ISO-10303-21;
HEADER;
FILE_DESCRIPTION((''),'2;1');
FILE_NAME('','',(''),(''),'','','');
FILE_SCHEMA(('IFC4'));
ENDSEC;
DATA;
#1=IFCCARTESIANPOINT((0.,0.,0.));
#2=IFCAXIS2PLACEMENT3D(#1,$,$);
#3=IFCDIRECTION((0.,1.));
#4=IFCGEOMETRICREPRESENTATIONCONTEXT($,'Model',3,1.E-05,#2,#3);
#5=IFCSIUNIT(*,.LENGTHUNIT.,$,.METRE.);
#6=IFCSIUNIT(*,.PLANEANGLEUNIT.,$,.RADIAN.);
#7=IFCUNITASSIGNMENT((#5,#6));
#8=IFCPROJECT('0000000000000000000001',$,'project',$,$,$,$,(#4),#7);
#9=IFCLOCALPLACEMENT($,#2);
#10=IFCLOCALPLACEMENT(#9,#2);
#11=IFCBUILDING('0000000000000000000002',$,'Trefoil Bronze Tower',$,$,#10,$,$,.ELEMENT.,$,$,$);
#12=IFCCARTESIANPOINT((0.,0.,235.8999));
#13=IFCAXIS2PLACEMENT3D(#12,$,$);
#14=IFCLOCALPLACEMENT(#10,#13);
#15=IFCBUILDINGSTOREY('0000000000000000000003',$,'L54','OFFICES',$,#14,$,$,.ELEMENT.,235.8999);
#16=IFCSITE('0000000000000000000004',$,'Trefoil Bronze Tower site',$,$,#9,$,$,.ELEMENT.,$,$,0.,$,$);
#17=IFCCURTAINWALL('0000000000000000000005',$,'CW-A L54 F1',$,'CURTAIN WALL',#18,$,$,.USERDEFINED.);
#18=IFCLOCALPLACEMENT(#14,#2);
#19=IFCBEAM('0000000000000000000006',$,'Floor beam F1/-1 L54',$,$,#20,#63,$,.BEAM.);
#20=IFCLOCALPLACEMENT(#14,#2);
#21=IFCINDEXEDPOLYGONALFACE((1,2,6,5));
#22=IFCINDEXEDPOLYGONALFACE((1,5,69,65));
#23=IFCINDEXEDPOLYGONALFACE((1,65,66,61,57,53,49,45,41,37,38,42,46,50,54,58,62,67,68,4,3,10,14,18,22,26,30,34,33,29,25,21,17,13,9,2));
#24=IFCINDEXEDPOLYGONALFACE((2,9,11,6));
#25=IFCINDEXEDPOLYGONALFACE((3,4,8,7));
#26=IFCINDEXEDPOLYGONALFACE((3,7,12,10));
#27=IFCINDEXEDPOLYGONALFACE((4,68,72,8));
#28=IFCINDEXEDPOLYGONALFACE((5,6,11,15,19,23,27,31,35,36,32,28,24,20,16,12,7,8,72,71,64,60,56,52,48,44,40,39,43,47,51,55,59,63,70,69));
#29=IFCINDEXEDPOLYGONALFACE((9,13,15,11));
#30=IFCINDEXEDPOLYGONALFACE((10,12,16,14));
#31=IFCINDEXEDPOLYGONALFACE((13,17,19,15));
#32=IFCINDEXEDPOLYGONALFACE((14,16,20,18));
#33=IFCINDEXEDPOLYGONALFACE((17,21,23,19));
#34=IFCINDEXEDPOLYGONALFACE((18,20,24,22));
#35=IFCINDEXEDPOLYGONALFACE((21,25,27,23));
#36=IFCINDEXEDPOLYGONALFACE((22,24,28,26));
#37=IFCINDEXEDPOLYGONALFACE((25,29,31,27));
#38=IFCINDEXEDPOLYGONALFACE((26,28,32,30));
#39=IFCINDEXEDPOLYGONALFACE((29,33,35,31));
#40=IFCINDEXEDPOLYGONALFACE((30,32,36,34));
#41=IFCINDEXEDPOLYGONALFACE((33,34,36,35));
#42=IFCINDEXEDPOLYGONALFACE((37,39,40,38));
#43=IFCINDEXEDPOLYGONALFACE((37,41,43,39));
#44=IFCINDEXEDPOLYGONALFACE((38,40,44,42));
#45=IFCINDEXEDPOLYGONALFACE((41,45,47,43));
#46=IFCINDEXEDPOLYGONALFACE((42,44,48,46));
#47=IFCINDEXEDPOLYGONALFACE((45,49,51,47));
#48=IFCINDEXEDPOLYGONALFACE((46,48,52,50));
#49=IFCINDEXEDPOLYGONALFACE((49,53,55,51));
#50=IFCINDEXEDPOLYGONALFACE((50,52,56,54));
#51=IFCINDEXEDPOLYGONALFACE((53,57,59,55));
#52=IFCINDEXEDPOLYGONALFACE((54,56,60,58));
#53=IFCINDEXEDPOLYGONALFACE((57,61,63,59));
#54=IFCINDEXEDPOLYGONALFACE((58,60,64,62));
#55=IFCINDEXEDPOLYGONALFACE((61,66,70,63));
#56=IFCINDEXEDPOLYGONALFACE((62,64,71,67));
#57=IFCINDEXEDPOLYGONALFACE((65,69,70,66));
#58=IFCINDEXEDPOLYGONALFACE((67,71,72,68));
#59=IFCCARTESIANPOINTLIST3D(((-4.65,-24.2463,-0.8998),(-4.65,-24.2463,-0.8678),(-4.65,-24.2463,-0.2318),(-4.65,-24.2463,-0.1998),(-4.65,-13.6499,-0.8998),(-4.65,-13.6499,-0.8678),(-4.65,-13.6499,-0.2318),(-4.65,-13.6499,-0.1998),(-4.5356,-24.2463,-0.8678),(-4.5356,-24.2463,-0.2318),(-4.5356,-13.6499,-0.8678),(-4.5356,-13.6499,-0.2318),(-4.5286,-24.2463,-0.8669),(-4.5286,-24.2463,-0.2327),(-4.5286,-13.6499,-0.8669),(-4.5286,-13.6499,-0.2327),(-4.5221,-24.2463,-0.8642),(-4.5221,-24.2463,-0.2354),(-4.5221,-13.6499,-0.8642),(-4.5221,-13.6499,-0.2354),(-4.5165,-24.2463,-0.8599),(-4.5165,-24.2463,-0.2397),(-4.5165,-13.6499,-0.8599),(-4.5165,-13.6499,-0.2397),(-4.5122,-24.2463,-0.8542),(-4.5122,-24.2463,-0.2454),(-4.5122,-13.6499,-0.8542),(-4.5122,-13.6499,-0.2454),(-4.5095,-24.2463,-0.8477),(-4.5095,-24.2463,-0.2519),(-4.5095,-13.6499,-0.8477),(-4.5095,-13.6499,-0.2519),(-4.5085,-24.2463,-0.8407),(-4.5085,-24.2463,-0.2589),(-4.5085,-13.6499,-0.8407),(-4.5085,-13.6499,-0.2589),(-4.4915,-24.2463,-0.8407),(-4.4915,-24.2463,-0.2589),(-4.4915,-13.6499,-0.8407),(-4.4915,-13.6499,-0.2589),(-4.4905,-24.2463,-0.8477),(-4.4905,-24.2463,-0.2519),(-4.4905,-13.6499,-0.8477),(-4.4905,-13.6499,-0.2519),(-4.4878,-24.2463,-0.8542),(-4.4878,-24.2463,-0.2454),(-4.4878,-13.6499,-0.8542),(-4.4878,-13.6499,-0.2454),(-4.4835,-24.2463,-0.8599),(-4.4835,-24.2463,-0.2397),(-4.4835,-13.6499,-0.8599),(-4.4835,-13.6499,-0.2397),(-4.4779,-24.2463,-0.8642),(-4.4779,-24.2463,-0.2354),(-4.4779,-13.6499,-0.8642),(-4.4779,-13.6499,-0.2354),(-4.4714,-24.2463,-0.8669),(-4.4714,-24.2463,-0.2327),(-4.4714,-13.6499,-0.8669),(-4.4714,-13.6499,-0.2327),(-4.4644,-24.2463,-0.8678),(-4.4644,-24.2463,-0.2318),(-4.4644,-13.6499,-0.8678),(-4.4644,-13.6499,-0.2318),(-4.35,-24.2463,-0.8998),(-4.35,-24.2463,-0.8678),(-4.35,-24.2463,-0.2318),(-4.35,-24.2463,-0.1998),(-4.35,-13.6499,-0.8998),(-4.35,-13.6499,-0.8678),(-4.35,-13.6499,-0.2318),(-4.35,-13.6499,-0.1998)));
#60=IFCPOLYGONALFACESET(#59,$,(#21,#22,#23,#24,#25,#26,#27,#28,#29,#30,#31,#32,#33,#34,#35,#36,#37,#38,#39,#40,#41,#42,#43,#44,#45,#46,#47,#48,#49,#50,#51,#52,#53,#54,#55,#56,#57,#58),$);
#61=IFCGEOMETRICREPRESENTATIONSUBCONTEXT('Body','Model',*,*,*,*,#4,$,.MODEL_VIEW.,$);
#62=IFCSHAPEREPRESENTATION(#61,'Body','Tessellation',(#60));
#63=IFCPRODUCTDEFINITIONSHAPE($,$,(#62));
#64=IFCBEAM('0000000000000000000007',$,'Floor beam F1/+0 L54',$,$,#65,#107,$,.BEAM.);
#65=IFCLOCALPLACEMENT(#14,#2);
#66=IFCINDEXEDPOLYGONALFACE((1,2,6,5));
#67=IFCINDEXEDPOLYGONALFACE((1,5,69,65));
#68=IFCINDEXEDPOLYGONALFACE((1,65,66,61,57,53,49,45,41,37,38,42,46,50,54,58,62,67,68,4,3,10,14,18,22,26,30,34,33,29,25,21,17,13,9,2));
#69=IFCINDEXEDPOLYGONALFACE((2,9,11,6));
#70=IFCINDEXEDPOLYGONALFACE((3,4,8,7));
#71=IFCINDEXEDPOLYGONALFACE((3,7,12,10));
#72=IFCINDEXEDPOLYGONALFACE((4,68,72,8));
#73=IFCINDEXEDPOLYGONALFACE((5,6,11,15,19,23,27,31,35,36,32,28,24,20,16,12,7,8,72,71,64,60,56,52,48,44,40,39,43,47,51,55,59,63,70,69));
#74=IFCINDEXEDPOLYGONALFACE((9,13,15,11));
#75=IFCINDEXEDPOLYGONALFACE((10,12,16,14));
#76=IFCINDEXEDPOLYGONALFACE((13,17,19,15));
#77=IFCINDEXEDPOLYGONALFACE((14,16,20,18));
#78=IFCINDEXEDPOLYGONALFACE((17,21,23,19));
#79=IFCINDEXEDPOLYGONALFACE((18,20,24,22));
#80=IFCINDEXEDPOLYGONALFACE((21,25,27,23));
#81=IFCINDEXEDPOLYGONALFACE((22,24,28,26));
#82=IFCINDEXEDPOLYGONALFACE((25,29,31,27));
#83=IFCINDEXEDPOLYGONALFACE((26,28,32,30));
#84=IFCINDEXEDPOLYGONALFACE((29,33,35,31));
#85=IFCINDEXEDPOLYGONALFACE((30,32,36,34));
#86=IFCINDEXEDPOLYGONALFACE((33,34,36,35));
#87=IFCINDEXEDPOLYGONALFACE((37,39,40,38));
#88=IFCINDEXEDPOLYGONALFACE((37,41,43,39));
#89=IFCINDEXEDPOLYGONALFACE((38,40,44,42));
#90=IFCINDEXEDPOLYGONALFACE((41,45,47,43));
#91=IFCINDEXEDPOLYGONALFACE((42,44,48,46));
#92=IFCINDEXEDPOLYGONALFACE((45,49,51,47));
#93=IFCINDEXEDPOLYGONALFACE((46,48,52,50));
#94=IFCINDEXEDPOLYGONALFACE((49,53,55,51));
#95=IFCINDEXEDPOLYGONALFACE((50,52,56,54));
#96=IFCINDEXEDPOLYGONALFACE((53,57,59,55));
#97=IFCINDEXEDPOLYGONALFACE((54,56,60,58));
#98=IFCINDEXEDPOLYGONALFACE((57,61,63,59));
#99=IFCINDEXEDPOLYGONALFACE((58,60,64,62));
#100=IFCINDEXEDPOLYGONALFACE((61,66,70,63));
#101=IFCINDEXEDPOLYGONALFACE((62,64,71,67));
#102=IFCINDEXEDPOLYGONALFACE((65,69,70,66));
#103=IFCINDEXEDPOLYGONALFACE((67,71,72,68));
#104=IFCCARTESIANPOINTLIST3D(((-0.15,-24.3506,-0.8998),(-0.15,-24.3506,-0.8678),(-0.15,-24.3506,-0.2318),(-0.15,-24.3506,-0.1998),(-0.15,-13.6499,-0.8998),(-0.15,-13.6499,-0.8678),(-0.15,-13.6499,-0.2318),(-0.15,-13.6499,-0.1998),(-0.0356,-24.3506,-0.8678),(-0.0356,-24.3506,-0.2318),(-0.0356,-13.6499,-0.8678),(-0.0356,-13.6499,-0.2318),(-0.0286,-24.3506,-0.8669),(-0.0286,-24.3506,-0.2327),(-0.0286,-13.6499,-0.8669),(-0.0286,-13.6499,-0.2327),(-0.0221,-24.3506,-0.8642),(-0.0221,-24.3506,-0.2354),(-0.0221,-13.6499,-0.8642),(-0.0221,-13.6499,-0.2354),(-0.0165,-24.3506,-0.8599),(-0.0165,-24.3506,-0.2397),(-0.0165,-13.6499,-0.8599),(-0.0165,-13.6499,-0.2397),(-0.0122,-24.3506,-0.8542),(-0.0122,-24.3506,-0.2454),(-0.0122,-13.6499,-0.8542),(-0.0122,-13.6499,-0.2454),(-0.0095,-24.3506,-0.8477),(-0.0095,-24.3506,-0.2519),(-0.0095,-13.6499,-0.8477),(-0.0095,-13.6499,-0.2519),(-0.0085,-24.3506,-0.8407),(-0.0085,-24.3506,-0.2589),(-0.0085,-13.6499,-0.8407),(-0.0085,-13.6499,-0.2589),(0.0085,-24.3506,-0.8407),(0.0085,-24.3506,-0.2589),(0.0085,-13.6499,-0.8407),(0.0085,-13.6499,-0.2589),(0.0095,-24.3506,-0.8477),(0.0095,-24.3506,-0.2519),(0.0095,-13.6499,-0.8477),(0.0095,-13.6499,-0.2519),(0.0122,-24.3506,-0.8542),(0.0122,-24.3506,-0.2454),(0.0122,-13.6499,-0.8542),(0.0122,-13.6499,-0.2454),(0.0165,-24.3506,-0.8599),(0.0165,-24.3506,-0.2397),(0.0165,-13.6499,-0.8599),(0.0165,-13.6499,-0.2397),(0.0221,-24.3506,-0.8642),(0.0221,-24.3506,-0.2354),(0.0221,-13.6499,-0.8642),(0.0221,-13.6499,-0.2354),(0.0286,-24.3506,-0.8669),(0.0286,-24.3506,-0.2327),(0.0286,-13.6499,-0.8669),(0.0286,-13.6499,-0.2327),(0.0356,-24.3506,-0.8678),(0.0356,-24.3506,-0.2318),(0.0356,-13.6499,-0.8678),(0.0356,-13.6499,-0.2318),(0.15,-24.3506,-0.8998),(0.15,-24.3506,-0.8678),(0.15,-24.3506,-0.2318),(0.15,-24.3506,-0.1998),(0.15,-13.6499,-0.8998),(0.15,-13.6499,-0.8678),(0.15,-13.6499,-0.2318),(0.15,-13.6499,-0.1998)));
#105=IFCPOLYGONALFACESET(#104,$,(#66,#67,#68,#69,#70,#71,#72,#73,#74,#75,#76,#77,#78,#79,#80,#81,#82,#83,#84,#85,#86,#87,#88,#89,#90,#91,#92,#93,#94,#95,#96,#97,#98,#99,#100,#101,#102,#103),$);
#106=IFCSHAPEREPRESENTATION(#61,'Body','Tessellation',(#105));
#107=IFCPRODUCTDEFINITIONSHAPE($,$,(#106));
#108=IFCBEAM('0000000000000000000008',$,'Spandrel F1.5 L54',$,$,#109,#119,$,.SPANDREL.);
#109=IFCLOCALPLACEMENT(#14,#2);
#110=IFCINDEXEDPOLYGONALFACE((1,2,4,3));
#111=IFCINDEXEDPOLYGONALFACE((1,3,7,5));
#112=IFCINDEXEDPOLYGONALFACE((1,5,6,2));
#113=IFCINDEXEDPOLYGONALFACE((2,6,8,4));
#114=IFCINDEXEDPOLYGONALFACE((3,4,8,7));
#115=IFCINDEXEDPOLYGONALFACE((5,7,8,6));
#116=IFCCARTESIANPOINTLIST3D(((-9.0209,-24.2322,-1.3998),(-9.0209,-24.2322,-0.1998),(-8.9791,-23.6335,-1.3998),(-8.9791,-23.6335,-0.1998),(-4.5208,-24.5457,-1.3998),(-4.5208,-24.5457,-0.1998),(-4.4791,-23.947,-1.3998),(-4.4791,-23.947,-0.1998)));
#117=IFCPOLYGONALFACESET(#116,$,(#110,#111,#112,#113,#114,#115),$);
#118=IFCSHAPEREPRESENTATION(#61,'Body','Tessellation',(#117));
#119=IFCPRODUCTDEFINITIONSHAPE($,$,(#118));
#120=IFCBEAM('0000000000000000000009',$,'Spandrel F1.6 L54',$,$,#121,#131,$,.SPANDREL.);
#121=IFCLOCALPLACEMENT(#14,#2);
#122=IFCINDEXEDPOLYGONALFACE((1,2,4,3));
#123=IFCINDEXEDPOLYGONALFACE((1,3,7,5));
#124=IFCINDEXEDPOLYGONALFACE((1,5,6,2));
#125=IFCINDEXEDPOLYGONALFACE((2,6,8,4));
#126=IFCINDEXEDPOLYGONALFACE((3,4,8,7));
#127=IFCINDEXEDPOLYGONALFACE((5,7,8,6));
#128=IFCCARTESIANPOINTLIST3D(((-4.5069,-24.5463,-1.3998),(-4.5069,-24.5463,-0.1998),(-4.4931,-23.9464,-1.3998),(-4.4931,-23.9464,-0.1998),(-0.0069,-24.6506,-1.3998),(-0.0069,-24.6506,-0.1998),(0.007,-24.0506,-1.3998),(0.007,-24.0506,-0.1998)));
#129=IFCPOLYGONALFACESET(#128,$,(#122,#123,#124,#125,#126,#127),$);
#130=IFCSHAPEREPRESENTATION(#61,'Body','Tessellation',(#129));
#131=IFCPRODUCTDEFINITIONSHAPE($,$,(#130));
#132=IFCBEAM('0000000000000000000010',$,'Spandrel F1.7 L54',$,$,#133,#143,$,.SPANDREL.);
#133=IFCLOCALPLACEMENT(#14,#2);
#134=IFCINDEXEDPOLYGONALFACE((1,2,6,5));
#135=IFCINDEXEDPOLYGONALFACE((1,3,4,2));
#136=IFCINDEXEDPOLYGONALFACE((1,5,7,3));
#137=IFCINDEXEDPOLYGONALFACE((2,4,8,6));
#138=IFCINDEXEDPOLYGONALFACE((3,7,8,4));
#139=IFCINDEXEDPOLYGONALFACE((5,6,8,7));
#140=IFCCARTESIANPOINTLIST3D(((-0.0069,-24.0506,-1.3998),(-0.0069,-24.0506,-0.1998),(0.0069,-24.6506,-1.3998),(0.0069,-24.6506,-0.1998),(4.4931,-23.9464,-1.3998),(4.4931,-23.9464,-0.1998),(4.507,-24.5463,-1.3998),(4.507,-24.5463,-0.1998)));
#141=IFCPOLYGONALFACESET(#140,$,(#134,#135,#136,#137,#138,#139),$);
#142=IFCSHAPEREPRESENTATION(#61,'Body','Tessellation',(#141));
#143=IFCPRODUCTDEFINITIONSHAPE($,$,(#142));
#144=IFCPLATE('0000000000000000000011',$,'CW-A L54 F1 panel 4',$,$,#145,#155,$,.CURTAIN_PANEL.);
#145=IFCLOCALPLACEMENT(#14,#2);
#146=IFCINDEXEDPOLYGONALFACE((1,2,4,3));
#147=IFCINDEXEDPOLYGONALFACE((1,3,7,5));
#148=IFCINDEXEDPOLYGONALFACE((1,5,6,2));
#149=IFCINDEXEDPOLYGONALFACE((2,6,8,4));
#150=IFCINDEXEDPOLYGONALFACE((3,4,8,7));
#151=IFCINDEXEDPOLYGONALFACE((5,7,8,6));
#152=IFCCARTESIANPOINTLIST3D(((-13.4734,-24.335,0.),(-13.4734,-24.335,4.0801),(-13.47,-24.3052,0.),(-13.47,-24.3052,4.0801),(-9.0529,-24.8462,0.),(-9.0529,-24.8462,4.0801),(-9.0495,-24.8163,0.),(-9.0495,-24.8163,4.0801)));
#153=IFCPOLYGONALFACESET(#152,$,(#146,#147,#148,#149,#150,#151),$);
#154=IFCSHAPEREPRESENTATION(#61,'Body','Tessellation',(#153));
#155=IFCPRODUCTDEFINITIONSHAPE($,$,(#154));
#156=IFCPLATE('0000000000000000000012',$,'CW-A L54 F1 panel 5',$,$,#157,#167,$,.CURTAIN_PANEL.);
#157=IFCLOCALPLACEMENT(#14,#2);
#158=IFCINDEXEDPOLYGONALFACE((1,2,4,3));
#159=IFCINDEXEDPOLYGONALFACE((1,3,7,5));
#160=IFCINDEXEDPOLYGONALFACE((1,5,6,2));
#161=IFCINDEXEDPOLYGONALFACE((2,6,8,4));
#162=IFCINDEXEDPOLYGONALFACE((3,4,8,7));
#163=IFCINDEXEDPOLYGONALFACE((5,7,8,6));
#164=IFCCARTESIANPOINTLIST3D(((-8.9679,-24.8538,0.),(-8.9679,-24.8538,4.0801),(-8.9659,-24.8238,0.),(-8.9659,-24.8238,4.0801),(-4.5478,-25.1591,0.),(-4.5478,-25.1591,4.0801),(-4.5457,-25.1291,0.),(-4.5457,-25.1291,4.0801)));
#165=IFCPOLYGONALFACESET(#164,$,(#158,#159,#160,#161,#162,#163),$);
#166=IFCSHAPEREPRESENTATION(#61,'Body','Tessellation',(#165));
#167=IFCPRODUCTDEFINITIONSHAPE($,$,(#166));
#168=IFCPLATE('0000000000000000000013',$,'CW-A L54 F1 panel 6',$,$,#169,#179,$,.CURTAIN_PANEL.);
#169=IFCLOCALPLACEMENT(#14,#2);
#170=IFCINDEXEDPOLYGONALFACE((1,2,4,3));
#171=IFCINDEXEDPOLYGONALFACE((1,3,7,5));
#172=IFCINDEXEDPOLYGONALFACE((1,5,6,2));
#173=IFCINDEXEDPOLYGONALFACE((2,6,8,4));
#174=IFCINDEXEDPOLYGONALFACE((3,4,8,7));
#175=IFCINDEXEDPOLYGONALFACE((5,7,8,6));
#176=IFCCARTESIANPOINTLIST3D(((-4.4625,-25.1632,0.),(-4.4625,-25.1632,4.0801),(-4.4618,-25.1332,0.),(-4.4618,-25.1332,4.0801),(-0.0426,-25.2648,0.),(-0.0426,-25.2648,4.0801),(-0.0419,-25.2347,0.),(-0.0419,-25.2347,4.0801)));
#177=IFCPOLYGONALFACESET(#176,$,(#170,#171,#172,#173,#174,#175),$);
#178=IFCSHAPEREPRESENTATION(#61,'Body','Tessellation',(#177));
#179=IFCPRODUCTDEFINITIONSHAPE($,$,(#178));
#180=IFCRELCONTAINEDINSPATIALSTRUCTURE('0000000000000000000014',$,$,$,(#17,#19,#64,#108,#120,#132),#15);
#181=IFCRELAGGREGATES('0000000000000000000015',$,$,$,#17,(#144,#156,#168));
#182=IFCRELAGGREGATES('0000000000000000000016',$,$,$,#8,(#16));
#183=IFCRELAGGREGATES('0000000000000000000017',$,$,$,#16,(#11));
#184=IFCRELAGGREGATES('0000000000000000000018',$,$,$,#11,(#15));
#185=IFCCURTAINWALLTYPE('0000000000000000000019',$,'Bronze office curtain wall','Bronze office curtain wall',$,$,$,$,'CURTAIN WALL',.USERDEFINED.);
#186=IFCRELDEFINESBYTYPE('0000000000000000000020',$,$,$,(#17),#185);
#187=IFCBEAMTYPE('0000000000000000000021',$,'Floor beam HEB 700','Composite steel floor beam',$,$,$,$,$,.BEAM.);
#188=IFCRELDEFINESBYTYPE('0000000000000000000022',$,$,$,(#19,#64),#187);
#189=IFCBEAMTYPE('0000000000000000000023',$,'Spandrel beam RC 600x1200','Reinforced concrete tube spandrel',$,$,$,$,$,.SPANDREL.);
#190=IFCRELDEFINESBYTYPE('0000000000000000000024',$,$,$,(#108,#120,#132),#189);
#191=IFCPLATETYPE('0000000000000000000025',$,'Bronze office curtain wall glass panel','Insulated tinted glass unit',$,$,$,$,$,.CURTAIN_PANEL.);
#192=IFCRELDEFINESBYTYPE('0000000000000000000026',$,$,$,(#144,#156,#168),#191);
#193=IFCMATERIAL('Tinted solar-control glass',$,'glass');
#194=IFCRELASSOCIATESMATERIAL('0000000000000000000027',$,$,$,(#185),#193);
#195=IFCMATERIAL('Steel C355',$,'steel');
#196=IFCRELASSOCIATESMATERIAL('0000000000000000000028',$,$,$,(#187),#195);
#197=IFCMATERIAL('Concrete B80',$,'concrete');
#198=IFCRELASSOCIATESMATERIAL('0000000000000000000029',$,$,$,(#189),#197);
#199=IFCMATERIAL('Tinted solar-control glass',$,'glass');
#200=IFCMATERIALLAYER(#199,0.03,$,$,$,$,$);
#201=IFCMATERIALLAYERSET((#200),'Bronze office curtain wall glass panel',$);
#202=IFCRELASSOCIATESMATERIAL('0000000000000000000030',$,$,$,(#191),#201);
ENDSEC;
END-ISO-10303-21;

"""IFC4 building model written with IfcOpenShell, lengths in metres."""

from ifc_helpers import new_model, si_unit, direction, frame, origin, origin_2d, place, context, subcontext, project, spatial, rectangle, i_section, extrude, material, layer, layer_set, material_profile, profile_set, type_object, element, aggregate, save


model = new_model("IFC4")

# Units and contexts
model_context = context("Model", 3, precision=1e-05, world=origin(), true_north=direction((0.0, 1.0)))
body_context = subcontext(model_context, "Body", "Model", "MODEL_VIEW")
ifc_project = project(units=[si_unit("LENGTHUNIT", "METRE"), si_unit("PLANEANGLEUNIT", "RADIAN")], contexts=[model_context])

# Site, building, storey
site_placement = place(None, origin())
site = spatial("IfcSite", under=ifc_project, at=site_placement, Name="Trefoil Bronze Tower site", CompositionType="ELEMENT", RefElevation=0.0)
building_placement = place(site_placement, origin())
building = spatial("IfcBuilding", under=site, at=building_placement, Name="Trefoil Bronze Tower", CompositionType="ELEMENT")
storey_placement = place(building_placement, frame((0.0, 0.0, 235.8999)))
storey = spatial("IfcBuildingStorey", under=building, at=storey_placement, Name="L54", Description="OFFICES", CompositionType="ELEMENT", Elevation=235.8999)

# Curtain wall
ifc_material_1 = material(Name="Tinted solar-control glass", Category="glass")
curtain_wall_type = type_object("IfcCurtainWallType", Name="Bronze office curtain wall", Description="Bronze office curtain wall", ElementType="CURTAIN WALL", PredefinedType="USERDEFINED", material=ifc_material_1)
curtain_wall_placement = place(storey_placement, origin())
curtain_wall = element("IfcCurtainWall", 1, at=curtain_wall_placement, inside=storey, type_object=curtain_wall_type, Name="CW-A L54 F1", ObjectType="CURTAIN WALL", PredefinedType="USERDEFINED")

# Beams
ifc_material_2 = material(Name="Steel C355", Category="steel")
ifc_material_profile_1 = material_profile(ifc_material_2, i_section(OverallWidth=0.3, OverallDepth=0.7, WebThickness=0.0171, FlangeThickness=0.032, FilletRadius=0.0271, at=origin_2d()), Name="HEB 700")
ifc_profile_set_1 = profile_set([ifc_material_profile_1], Name="Steel C355")
beam_type_1 = type_object("IfcBeamType", Name="Floor beam HEB 700", Description="Composite steel floor beam", PredefinedType="BEAM", material=ifc_profile_set_1)
beam_1_placement = place(storey_placement, frame((-4.5, -24.2463, -0.5498), z_axis=(0.0, 1.0, 0.0), x_axis=(-1.0, 0.0, 0.0)))
element("IfcBeam", 2, at=beam_1_placement, inside=storey, type_object=beam_type_1, Name="Floor beam F1/-1 L54", PredefinedType="BEAM", context=body_context, shape_type="SweptSolid", body=[
    extrude(i_section(OverallWidth=0.3, OverallDepth=0.7, WebThickness=0.0171, FlangeThickness=0.032, FilletRadius=0.0271, at=origin_2d()), origin(), (0.0, 0.0, 1.0), 10.5964),
])
beam_2_placement = place(storey_placement, frame((0.0, -24.3506, -0.5498), z_axis=(0.0, 1.0, 0.0), x_axis=(-1.0, 0.0, 0.0)))
element("IfcBeam", 3, at=beam_2_placement, inside=storey, type_object=beam_type_1, Name="Floor beam F1/+0 L54", PredefinedType="BEAM", context=body_context, shape_type="SweptSolid", body=[
    extrude(i_section(OverallWidth=0.3, OverallDepth=0.7, WebThickness=0.0171, FlangeThickness=0.032, FilletRadius=0.0271, at=origin_2d()), origin(), (0.0, 0.0, 1.0), 10.7007),
])
ifc_material_3 = material(Name="Concrete B80", Category="concrete")
ifc_material_profile_2 = material_profile(ifc_material_3, rectangle(XDim=0.6001, YDim=1.2, at=origin_2d()), Name="RC 600x1200")
ifc_profile_set_2 = profile_set([ifc_material_profile_2], Name="Concrete B80")
beam_type_2 = type_object("IfcBeamType", Name="Spandrel beam RC 600x1200", Description="Reinforced concrete tube spandrel", PredefinedType="SPANDREL", material=ifc_profile_set_2)
beam_3_placement = place(storey_placement, frame((-9.0, -23.9329, -0.7998), z_axis=(0.997582, -0.069493, 0.0), x_axis=(0.069493, 0.997582, 0.0)))
element("IfcBeam", 4, at=beam_3_placement, inside=storey, type_object=beam_type_2, Name="Spandrel F1.5 L54", PredefinedType="SPANDREL", context=body_context, shape_type="SweptSolid", body=[
    extrude(rectangle(XDim=0.6001, YDim=1.2, at=origin_2d()), origin(), (0.0, 0.0, 1.0), 4.511),
])
for number, where, z_axis, x_axis, name in (
    (5, (-4.5, -24.2463, -0.7998), (0.999732, -0.02316, 0.0), (0.02316, 0.999732, 0.0), "Spandrel F1.6 L54"),
    (6, (0.0, -24.3506, -0.7998), (0.999732, 0.02316, 0.0), (-0.02316, 0.999732, 0.0), "Spandrel F1.7 L54"),
):
    element("IfcBeam", number, at=place(storey_placement, frame(where, z_axis=z_axis, x_axis=x_axis)), inside=storey, type_object=beam_type_2, Name=name, PredefinedType="SPANDREL", context=body_context, shape_type="SweptSolid", body=[
        extrude(rectangle(XDim=0.6001, YDim=1.2, at=origin_2d()), origin(), (0.0, 0.0, 1.0), 4.5012),
    ])

# Plates
ifc_material_4 = material(Name="Tinted solar-control glass", Category="glass")
ifc_layer_1 = layer(ifc_material_4, 0.03)
ifc_layer_set_1 = layer_set([ifc_layer_1], Name="Bronze office curtain wall glass panel")
plate_type = type_object("IfcPlateType", Name="Bronze office curtain wall glass panel", Description="Insulated tinted glass unit", PredefinedType="CURTAIN_PANEL", material=ifc_layer_set_1)
plate_1_placement = place(storey_placement, frame((-11.2615, -24.5757, 0.0), z_axis=(0.0, 0.0, 1.0), x_axis=(0.993382, -0.114859, 0.0)))
plate_1 = element("IfcPlate", 7, at=plate_1_placement, type_object=plate_type, Name="CW-A L54 F1 panel 4", PredefinedType="CURTAIN_PANEL", context=body_context, shape_type="SweptSolid", body=[
    extrude(rectangle(XDim=4.45, YDim=0.03, at=origin_2d()), origin(), (0.0, 0.0, 1.0), 4.0801),
])
plate_2_placement = place(storey_placement, frame((-6.7568, -24.9915, 0.0), z_axis=(0.0, 0.0, 1.0), x_axis=(0.997623, -0.068915, 0.0)))
plate_2 = element("IfcPlate", 8, at=plate_2_placement, type_object=plate_type, Name="CW-A L54 F1 panel 5", PredefinedType="CURTAIN_PANEL", context=body_context, shape_type="SweptSolid", body=[
    extrude(rectangle(XDim=4.4307, YDim=0.03, at=origin_2d()), origin(), (0.0, 0.0, 1.0), 4.0801),
])
plate_3_placement = place(storey_placement, frame((-2.2522, -25.199, 0.0), z_axis=(0.0, 0.0, 1.0), x_axis=(0.999736, -0.022972, 0.0)))
plate_3 = element("IfcPlate", 9, at=plate_3_placement, type_object=plate_type, Name="CW-A L54 F1 panel 6", PredefinedType="CURTAIN_PANEL", context=body_context, shape_type="SweptSolid", body=[
    extrude(rectangle(XDim=4.4211, YDim=0.03, at=origin_2d()), origin(), (0.0, 0.0, 1.0), 4.0801),
])
aggregate(curtain_wall, [plate_1, plate_2, plate_3])

save(model, "model.ifc")
